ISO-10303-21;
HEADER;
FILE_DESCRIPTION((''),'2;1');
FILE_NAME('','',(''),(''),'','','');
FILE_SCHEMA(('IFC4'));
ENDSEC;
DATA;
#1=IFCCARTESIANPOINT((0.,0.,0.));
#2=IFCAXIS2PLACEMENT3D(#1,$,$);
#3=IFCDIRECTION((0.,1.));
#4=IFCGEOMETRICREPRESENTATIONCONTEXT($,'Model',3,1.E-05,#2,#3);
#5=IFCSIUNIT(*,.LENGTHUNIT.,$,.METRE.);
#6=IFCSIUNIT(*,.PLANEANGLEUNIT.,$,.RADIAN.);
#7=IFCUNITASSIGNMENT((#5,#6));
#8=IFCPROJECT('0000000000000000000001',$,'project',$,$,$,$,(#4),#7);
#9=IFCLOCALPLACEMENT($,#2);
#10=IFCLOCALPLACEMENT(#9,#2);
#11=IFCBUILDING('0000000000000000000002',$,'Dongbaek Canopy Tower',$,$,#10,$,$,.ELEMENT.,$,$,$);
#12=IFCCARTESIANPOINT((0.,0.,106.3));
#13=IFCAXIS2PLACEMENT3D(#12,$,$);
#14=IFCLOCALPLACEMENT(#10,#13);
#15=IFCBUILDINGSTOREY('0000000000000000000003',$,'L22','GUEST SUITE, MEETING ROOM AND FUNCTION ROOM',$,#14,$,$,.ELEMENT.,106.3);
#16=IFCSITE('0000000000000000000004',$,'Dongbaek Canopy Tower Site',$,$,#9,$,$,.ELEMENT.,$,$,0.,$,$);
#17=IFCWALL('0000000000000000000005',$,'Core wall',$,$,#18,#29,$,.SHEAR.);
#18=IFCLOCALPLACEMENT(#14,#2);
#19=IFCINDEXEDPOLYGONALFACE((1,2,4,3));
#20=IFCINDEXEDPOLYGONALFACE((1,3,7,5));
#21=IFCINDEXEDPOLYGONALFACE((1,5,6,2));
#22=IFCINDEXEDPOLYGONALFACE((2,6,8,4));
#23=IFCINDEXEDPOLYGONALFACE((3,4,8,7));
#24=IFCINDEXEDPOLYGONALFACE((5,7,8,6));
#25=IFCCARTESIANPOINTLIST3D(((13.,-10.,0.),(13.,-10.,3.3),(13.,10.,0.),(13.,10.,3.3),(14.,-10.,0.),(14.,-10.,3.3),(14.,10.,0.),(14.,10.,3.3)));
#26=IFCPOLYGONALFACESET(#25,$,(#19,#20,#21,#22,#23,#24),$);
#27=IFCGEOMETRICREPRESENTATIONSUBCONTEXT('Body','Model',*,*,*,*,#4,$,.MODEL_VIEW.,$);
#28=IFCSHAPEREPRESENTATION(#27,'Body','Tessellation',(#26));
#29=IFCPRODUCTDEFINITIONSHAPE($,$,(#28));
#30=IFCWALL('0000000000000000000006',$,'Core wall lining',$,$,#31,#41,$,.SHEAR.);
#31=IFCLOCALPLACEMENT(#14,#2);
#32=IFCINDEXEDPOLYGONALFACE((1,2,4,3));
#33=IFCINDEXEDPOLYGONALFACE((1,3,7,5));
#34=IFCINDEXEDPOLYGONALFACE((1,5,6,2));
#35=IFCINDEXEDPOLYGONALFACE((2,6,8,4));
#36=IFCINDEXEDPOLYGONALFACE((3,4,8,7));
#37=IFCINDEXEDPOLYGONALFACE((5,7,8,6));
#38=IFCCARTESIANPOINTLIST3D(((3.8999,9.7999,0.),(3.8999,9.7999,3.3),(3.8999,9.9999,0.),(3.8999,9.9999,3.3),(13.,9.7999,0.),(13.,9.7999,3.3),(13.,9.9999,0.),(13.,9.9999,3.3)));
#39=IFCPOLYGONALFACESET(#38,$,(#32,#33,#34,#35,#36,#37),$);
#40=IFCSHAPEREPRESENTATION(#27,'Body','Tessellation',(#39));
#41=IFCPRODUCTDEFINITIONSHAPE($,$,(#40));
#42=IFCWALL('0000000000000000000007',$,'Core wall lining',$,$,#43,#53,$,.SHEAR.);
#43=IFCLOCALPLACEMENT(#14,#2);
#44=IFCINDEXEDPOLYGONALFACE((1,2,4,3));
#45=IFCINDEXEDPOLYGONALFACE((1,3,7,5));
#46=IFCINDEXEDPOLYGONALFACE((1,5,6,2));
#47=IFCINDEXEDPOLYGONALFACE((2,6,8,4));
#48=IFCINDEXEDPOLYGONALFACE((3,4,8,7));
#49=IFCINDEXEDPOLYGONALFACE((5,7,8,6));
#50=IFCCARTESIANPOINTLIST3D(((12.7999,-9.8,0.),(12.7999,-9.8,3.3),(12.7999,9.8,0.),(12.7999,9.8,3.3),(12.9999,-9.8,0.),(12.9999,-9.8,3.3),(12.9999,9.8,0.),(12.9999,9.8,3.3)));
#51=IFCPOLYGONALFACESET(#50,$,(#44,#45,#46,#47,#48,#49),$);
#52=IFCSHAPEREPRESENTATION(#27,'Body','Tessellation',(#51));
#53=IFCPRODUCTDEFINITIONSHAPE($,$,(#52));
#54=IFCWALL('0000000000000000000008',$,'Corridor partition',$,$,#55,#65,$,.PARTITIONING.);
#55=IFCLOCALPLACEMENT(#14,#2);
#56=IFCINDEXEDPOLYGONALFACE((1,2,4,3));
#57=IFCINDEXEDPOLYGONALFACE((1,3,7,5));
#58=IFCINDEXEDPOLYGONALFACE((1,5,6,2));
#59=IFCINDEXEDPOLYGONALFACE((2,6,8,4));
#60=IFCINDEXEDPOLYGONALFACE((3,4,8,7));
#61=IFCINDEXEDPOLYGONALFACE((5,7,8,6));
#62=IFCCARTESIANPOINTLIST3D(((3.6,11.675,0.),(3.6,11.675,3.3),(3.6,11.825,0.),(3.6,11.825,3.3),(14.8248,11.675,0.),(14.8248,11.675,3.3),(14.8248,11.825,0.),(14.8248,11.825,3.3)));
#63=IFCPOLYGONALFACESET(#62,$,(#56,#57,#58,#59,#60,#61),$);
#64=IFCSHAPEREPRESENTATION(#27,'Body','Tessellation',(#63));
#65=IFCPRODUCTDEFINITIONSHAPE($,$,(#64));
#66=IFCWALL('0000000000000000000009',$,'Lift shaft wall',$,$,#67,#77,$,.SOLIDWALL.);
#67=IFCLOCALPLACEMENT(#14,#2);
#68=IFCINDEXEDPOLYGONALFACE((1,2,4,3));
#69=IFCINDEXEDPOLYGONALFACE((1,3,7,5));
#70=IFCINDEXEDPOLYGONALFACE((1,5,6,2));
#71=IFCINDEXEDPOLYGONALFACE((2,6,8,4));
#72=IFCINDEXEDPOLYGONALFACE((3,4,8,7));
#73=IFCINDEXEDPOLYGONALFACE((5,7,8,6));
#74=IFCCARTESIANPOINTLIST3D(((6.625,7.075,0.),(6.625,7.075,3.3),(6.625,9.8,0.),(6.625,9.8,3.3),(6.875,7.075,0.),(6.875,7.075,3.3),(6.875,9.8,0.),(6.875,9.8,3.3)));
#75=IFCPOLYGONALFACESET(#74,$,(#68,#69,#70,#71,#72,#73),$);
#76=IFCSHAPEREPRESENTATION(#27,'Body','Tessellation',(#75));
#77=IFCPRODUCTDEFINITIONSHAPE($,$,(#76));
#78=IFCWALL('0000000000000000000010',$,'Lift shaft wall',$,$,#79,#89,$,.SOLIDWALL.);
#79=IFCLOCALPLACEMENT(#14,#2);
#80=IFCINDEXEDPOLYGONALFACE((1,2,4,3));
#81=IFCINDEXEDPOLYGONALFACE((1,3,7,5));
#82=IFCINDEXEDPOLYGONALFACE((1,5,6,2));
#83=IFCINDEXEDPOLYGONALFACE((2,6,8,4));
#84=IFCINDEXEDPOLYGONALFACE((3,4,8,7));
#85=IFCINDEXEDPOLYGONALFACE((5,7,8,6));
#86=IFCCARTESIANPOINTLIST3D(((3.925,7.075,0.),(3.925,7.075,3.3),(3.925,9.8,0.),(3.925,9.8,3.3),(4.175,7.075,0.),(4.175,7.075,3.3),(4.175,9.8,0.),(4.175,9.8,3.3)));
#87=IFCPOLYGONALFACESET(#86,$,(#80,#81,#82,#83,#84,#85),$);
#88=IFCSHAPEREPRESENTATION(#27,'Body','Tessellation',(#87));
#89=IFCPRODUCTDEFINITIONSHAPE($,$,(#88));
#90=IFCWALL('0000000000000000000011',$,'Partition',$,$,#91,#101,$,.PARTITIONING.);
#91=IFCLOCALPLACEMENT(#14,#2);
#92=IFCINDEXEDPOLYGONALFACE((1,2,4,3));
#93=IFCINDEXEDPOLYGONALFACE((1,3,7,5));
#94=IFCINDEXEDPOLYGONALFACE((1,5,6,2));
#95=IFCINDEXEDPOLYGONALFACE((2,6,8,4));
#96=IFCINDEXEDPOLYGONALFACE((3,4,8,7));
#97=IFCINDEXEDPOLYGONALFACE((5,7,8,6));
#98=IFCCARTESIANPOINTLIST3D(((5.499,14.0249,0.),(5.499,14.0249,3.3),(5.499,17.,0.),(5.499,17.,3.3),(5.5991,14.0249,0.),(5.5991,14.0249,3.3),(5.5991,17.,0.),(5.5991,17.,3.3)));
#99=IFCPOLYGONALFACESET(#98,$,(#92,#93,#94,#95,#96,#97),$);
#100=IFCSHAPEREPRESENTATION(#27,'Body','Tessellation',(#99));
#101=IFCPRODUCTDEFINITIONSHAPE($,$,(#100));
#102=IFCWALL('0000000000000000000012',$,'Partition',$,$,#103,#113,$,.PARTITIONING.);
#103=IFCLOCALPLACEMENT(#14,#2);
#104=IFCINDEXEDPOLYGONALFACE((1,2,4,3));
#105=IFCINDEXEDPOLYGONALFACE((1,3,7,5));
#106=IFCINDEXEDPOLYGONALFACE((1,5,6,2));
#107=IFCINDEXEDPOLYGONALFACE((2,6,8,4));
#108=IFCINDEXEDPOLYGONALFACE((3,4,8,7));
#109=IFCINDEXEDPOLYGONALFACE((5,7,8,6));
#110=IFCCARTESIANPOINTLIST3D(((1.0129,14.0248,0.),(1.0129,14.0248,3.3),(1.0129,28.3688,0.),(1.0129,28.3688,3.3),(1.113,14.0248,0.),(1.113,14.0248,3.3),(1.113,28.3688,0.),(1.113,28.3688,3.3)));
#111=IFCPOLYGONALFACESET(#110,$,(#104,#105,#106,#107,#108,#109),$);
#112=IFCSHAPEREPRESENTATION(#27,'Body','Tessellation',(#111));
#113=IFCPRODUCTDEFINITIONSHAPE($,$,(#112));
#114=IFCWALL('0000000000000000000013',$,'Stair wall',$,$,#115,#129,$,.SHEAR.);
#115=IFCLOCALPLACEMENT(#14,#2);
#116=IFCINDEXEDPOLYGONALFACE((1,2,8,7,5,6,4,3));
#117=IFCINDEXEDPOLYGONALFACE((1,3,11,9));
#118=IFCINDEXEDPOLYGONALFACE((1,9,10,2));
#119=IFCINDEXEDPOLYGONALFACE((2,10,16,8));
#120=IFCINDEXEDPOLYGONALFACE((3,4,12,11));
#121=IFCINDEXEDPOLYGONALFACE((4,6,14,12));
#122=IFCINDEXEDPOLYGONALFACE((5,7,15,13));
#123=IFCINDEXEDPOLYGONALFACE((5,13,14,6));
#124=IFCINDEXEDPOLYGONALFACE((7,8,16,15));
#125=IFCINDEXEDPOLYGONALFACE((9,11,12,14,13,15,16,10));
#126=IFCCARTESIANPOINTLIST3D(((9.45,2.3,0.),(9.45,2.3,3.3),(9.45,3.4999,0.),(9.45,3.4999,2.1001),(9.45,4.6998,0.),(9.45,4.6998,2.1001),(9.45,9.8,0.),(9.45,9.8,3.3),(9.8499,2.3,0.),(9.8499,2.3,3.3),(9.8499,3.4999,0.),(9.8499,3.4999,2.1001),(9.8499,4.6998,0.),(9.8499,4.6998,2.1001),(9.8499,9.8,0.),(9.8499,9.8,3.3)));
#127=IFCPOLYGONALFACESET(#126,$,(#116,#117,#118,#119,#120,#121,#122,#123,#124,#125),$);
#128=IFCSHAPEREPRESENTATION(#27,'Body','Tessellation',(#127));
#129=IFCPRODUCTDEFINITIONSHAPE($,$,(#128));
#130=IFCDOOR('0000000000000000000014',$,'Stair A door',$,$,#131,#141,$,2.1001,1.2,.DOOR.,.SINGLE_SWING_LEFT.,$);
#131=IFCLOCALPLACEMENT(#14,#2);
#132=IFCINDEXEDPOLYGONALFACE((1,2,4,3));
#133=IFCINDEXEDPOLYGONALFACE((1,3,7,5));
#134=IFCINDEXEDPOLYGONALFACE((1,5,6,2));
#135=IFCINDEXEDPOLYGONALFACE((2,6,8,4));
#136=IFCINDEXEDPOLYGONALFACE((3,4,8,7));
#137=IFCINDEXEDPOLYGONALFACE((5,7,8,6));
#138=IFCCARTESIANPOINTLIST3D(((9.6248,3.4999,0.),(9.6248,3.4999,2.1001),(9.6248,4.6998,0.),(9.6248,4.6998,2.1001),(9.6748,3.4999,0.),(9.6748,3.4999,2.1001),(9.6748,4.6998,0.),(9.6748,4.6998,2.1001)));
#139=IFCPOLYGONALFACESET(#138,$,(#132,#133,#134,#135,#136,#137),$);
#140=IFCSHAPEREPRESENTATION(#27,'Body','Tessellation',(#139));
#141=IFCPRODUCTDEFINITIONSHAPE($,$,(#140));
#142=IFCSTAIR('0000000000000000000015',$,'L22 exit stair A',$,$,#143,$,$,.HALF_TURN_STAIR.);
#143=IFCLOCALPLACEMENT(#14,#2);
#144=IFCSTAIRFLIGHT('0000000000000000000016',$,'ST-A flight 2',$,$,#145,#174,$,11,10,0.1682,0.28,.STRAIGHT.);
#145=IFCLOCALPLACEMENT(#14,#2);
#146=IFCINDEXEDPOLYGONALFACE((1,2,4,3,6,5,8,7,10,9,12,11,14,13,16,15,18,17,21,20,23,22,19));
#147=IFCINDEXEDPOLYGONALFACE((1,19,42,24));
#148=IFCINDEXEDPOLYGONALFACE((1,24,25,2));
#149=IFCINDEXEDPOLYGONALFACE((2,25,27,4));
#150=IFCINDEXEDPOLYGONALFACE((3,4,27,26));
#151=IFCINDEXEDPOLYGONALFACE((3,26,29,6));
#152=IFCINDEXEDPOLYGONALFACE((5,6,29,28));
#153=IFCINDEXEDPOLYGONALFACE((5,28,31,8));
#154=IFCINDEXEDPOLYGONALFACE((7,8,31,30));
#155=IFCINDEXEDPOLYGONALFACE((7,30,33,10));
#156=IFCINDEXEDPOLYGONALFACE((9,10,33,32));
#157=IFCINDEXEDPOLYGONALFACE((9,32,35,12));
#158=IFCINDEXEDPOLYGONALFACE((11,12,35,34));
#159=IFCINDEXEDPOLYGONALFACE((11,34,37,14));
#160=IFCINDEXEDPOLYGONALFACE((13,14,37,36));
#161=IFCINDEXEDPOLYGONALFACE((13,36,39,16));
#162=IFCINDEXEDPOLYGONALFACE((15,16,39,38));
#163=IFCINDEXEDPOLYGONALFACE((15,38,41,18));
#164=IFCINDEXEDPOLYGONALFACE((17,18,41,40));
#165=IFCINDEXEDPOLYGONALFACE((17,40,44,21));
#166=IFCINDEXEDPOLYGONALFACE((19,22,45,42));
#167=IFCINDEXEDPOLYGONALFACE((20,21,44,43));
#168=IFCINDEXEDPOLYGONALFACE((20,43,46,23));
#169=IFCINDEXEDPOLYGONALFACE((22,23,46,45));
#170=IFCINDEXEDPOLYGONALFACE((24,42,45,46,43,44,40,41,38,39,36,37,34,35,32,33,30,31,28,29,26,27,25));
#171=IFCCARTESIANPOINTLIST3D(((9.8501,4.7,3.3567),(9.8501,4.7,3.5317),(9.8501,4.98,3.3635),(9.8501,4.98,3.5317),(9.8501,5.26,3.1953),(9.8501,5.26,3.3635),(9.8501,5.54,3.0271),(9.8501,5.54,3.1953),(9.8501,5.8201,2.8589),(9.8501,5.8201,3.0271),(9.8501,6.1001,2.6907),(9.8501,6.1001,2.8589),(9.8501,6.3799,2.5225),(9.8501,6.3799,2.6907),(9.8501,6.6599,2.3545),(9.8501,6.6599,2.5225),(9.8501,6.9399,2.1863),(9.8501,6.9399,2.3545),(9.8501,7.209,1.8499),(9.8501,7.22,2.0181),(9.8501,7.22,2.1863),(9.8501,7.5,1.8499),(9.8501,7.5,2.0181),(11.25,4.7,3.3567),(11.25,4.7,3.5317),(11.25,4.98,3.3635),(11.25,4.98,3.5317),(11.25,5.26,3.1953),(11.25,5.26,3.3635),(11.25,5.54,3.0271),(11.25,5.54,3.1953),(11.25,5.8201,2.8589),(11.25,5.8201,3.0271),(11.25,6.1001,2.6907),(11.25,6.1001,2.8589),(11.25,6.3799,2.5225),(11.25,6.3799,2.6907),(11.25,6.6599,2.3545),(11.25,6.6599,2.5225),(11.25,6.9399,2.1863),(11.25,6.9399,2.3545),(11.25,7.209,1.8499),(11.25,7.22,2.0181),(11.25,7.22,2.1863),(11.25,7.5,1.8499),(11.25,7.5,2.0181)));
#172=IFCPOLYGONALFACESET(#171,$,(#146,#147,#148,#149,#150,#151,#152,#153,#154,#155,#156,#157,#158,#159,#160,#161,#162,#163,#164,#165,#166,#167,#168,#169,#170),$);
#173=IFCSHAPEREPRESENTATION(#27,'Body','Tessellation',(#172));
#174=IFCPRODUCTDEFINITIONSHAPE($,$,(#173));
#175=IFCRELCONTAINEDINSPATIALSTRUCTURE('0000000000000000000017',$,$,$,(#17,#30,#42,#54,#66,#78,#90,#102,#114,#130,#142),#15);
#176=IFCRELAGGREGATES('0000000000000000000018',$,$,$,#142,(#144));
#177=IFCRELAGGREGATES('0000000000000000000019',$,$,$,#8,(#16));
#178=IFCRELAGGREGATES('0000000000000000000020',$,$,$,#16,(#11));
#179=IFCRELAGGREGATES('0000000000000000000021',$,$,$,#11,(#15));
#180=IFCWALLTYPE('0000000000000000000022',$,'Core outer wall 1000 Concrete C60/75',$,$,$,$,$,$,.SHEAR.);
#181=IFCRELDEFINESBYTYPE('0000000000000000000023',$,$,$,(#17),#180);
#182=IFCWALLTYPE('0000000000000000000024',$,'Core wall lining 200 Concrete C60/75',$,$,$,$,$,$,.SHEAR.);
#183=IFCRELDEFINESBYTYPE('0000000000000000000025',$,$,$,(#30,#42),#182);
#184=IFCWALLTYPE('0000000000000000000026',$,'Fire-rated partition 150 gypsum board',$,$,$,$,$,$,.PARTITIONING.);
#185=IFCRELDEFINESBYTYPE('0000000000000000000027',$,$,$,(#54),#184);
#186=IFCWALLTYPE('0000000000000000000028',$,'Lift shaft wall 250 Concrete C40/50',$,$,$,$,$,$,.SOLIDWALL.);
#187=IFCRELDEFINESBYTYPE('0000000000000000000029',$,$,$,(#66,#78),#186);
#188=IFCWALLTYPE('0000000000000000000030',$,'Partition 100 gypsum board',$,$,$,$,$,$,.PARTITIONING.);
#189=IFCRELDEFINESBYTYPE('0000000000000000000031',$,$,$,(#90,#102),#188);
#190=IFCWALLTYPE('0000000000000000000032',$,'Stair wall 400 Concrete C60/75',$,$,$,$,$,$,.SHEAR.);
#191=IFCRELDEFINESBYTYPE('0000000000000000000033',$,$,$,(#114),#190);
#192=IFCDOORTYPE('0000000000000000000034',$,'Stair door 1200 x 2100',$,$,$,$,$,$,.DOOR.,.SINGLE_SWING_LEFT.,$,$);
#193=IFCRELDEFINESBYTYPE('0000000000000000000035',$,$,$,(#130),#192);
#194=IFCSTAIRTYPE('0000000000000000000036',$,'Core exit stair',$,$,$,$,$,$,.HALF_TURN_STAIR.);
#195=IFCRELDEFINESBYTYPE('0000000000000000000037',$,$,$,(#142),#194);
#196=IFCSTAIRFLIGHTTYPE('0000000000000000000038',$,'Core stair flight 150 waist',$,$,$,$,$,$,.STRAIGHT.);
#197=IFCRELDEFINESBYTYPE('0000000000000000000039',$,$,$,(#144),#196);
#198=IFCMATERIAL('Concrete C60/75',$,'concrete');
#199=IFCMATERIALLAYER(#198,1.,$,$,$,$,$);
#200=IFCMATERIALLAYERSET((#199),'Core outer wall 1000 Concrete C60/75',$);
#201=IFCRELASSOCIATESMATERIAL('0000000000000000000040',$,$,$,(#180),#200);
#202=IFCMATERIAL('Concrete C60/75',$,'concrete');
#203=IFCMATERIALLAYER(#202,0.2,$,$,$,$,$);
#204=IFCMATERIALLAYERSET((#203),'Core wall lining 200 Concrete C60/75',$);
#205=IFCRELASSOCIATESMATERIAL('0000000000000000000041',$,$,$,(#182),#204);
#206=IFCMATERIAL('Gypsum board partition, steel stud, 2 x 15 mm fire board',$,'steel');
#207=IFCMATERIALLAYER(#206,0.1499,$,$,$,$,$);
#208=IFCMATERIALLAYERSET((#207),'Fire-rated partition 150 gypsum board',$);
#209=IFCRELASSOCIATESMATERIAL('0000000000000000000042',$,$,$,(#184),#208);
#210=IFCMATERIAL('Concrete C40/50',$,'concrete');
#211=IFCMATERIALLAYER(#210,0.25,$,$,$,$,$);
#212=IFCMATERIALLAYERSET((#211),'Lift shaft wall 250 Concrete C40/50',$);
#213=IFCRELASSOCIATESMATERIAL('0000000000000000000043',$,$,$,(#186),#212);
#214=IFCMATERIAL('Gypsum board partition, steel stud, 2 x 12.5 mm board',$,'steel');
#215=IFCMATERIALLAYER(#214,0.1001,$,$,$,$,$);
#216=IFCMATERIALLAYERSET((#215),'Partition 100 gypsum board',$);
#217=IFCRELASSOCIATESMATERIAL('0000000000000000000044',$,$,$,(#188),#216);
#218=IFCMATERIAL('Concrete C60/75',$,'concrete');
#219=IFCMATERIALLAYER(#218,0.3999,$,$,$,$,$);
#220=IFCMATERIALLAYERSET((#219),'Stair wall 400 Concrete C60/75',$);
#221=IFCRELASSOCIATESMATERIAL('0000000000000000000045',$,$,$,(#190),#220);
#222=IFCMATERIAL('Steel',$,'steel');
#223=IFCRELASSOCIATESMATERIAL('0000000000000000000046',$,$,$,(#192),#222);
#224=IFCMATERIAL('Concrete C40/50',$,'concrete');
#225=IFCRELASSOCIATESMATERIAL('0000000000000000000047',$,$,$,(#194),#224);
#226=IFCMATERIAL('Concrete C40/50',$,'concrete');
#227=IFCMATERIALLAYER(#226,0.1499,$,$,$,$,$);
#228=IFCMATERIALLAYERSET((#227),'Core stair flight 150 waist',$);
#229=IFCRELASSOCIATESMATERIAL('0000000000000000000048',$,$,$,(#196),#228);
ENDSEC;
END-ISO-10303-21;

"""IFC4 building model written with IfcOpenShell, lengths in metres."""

from ifc_helpers import new_model, si_unit, direction, frame, frame_2d, origin, place, context, subcontext, project, spatial, polyline, rectangle, outline, extrude, material, layer, layer_set, type_object, element, fill, aggregate, save


model = new_model("IFC4")

# Units and contexts
model_context = context("Model", 3, precision=1e-05, world=origin(), true_north=direction((0.0, 1.0)))
body_context = subcontext(model_context, "Body", "Model", "MODEL_VIEW")
ifc_project = project(units=[si_unit("LENGTHUNIT", "METRE"), si_unit("PLANEANGLEUNIT", "RADIAN")], contexts=[model_context])

# Site, building, storey
site_placement = place(None, origin())
site = spatial("IfcSite", under=ifc_project, at=site_placement, Name="Dongbaek Canopy Tower Site", CompositionType="ELEMENT", RefElevation=0.0)
building_placement = place(site_placement, origin())
building = spatial("IfcBuilding", under=site, at=building_placement, Name="Dongbaek Canopy Tower", CompositionType="ELEMENT")
storey_placement = place(building_placement, frame((0.0, 0.0, 106.3)))
storey = spatial("IfcBuildingStorey", under=building, at=storey_placement, Name="L22", Description="GUEST SUITE, MEETING ROOM AND FUNCTION ROOM", CompositionType="ELEMENT", Elevation=106.3)

# Walls
ifc_material_1 = material(Name="Concrete C60/75", Category="concrete")
ifc_layer_1 = layer(ifc_material_1, 1.0)
ifc_layer_set_1 = layer_set([ifc_layer_1], Name="Core outer wall 1000 Concrete C60/75")
wall_type_1 = type_object("IfcWallType", Name="Core outer wall 1000 Concrete C60/75", PredefinedType="SHEAR", material=ifc_layer_set_1)
wall_1_placement = place(storey_placement, frame((13.5, 10.0, 0.0), z_axis=(0.0, 0.0, 1.0), x_axis=(0.0, -1.0, 0.0)))
element("IfcWall", 1, at=wall_1_placement, inside=storey, type_object=wall_type_1, Name="Core wall", PredefinedType="SHEAR", context=body_context, shape_type="SweptSolid", body=[
    extrude(rectangle(XDim=20.0, YDim=1.0, at=frame_2d((10.0, 0.0))), origin(), (0.0, 0.0, 1.0), 3.3),
])
ifc_material_2 = material(Name="Concrete C60/75", Category="concrete")
ifc_layer_2 = layer(ifc_material_2, 0.2)
ifc_layer_set_2 = layer_set([ifc_layer_2], Name="Core wall lining 200 Concrete C60/75")
wall_type_2 = type_object("IfcWallType", Name="Core wall lining 200 Concrete C60/75", PredefinedType="SHEAR", material=ifc_layer_set_2)
wall_2_placement = place(storey_placement, frame((3.8999, 9.8999, 0.0), z_axis=(0.0, 0.0, 1.0), x_axis=(1.0, 0.0, 0.0)))
element("IfcWall", 2, at=wall_2_placement, inside=storey, type_object=wall_type_2, Name="Core wall lining", PredefinedType="SHEAR", context=body_context, shape_type="SweptSolid", body=[
    extrude(rectangle(XDim=9.1001, YDim=0.2, at=frame_2d((4.55, 0.0))), origin(), (0.0, 0.0, 1.0), 3.3),
])
wall_3_placement = place(storey_placement, frame((12.8999, 9.8, 0.0), z_axis=(0.0, 0.0, 1.0), x_axis=(0.0, -1.0, 0.0)))
element("IfcWall", 3, at=wall_3_placement, inside=storey, type_object=wall_type_2, Name="Core wall lining", PredefinedType="SHEAR", context=body_context, shape_type="SweptSolid", body=[
    extrude(rectangle(XDim=19.6001, YDim=0.2, at=frame_2d((9.8, 0.0))), origin(), (0.0, 0.0, 1.0), 3.3),
])
ifc_material_3 = material(Name="Gypsum board partition, steel stud, 2 x 15 mm fire board", Category="steel")
ifc_layer_3 = layer(ifc_material_3, 0.1499)
ifc_layer_set_3 = layer_set([ifc_layer_3], Name="Fire-rated partition 150 gypsum board")
wall_type_3 = type_object("IfcWallType", Name="Fire-rated partition 150 gypsum board", PredefinedType="PARTITIONING", material=ifc_layer_set_3)
wall_4_placement = place(storey_placement, frame((3.6001, 11.75, 0.0), z_axis=(0.0, 0.0, 1.0), x_axis=(1.0, 0.0, 0.0)))
element("IfcWall", 4, at=wall_4_placement, inside=storey, type_object=wall_type_3, Name="Corridor partition", PredefinedType="PARTITIONING", context=body_context, shape_type="SweptSolid", body=[
    extrude(rectangle(XDim=11.2249, YDim=0.1499, at=frame_2d((5.6123, 0.0))), origin(), (0.0, 0.0, 1.0), 3.3),
])
ifc_material_4 = material(Name="Concrete C40/50", Category="concrete")
ifc_layer_4 = layer(ifc_material_4, 0.25)
ifc_layer_set_4 = layer_set([ifc_layer_4], Name="Lift shaft wall 250 Concrete C40/50")
wall_type_4 = type_object("IfcWallType", Name="Lift shaft wall 250 Concrete C40/50", PredefinedType="SOLIDWALL", material=ifc_layer_set_4)
for number, where, z_axis, x_axis, name in (
    (5, (6.75, 7.075, 0.0), (0.0, 0.0, 1.0), (0.0, 1.0, 0.0), "Lift shaft wall"),
    (6, (4.05, 7.075, 0.0), (0.0, 0.0, 1.0), (0.0, 1.0, 0.0), "Lift shaft wall"),
):
    element("IfcWall", number, at=place(storey_placement, frame(where, z_axis=z_axis, x_axis=x_axis)), inside=storey, type_object=wall_type_4, Name=name, PredefinedType="SOLIDWALL", context=body_context, shape_type="SweptSolid", body=[
        extrude(rectangle(XDim=2.7251, YDim=0.25, at=frame_2d((1.3625, 0.0))), origin(), (0.0, 0.0, 1.0), 3.3),
    ])
ifc_material_5 = material(Name="Gypsum board partition, steel stud, 2 x 12.5 mm board", Category="steel")
ifc_layer_5 = layer(ifc_material_5, 0.1001)
ifc_layer_set_5 = layer_set([ifc_layer_5], Name="Partition 100 gypsum board")
wall_type_5 = type_object("IfcWallType", Name="Partition 100 gypsum board", PredefinedType="PARTITIONING", material=ifc_layer_set_5)
wall_5_placement = place(storey_placement, frame((5.5491, 14.0249, 0.0), z_axis=(0.0, 0.0, 1.0), x_axis=(0.0, 1.0, 0.0)))
element("IfcWall", 7, at=wall_5_placement, inside=storey, type_object=wall_type_5, Name="Partition", PredefinedType="PARTITIONING", context=body_context, shape_type="SweptSolid", body=[
    extrude(rectangle(XDim=2.9751, YDim=0.1001, at=frame_2d((1.4875, 0.0))), origin(), (0.0, 0.0, 1.0), 3.3),
])
wall_6_placement = place(storey_placement, frame((1.063, 14.0249, 0.0), z_axis=(0.0, 0.0, 1.0), x_axis=(0.0, 1.0, 0.0)))
element("IfcWall", 8, at=wall_6_placement, inside=storey, type_object=wall_type_5, Name="Partition", PredefinedType="PARTITIONING", context=body_context, shape_type="SweptSolid", body=[
    extrude(rectangle(XDim=14.344, YDim=0.1001, at=frame_2d((7.1719, 0.0))), origin(), (0.0, 0.0, 1.0), 3.3),
])

# Wall, opening, door
ifc_material_6 = material(Name="Concrete C60/75", Category="concrete")
ifc_layer_6 = layer(ifc_material_6, 0.3999)
ifc_layer_set_6 = layer_set([ifc_layer_6], Name="Stair wall 400 Concrete C60/75")
wall_type_6 = type_object("IfcWallType", Name="Stair wall 400 Concrete C60/75", PredefinedType="SHEAR", material=ifc_layer_set_6)
wall_7_placement = place(storey_placement, frame((9.6499, 9.8, 0.0), z_axis=(0.0, 0.0, 1.0), x_axis=(0.0, -1.0, 0.0)))
wall_7 = element("IfcWall", 9, at=wall_7_placement, inside=storey, type_object=wall_type_6, Name="Stair wall", PredefinedType="SHEAR", context=body_context, shape_type="SweptSolid", body=[
    extrude(rectangle(XDim=7.5, YDim=0.3999, at=frame_2d((3.75, 0.0))), origin(), (0.0, 0.0, 1.0), 3.3),
])
opening_placement = place(wall_7_placement, frame((5.1001, 0.0, 0.0)))
opening = element("IfcOpeningElement", 10, at=opening_placement, cuts=wall_7, PredefinedType="OPENING", context=body_context, shape_type="SweptSolid", body=[
    extrude(rectangle(XDim=1.2, YDim=2.1001, at=frame_2d((0.6001, 1.05))), frame((0.0, 0.21, 0.0), z_axis=(0.0, -1.0, 0.0), x_axis=(1.0, 0.0, 0.0)), (0.0, 0.0, 1.0), 0.4199),
])
ifc_material_7 = material(Name="Steel", Category="steel")
door_type = type_object("IfcDoorType", Name="Stair door 1200 x 2100", OperationType="SINGLE_SWING_LEFT", PredefinedType="DOOR", material=ifc_material_7)
door_placement = place(opening_placement, origin())
door = element("IfcDoor", 11, at=door_placement, inside=storey, type_object=door_type, Name="Stair A door", OperationType="SINGLE_SWING_LEFT", OverallHeight=2.1001, OverallWidth=1.2, PredefinedType="DOOR", context=body_context, shape_type="SweptSolid", body=[
    extrude(rectangle(XDim=1.2, YDim=2.1001, at=frame_2d((0.6001, 1.05))), frame((0.0, 0.0249, 0.0), z_axis=(0.0, -1.0, 0.0), x_axis=(1.0, 0.0, 0.0)), (0.0, 0.0, 1.0), 0.05),
])
fill(opening, door)

# Stair, stair flight
ifc_material_8 = material(Name="Concrete C40/50", Category="concrete")
stair_type = type_object("IfcStairType", Name="Core exit stair", PredefinedType="HALF_TURN_STAIR", material=ifc_material_8)
stair_placement = place(storey_placement, origin())
stair = element("IfcStair", 12, at=stair_placement, inside=storey, type_object=stair_type, Name="L22 exit stair A", PredefinedType="HALF_TURN_STAIR")
ifc_material_9 = material(Name="Concrete C40/50", Category="concrete")
ifc_layer_7 = layer(ifc_material_9, 0.1499)
ifc_layer_set_7 = layer_set([ifc_layer_7], Name="Core stair flight 150 waist")
stair_flight_type = type_object("IfcStairFlightType", Name="Core stair flight 150 waist", PredefinedType="STRAIGHT", material=ifc_layer_set_7)
stair_flight_placement = place(storey_placement, frame((10.55, 7.5, 1.8499), z_axis=(0.0, 0.0, 1.0), x_axis=(0.0, -1.0, 0.0)))
stair_flight = element("IfcStairFlight", 13, at=stair_flight_placement, type_object=stair_flight_type, Name="ST-A flight 2", NumberOfRisers=11, NumberOfTreads=10, PredefinedType="STRAIGHT", RiserHeight=0.1682, TreadLength=0.28, context=body_context, shape_type="SweptSolid", body=[
    extrude(outline(polyline([(0.0, 0.0), (0.0, 0.1682), (0.28, 0.1682), (0.28, 0.3364), (0.5601, 0.3364), (0.5601, 0.5046), (0.8401, 0.5046), (0.8401, 0.6726), (1.1201, 0.6726), (1.1201, 0.8408), (1.3999, 0.8408), (1.3999, 1.009), (1.6799, 1.009), (1.6799, 1.1772), (1.96, 1.1772), (1.96, 1.3455), (2.24, 1.3455), (2.24, 1.5137), (2.52, 1.5137), (2.52, 1.6819), (2.8, 1.6819), (2.8, 1.8501), (2.8, 1.5068), (0.291, 0.0), (0.0, 0.0)])), frame((0.0, 0.7, 0.0), z_axis=(0.0, -1.0, 0.0), x_axis=(1.0, 0.0, 0.0)), (0.0, 0.0, 1.0), 1.3999),
])
aggregate(stair, [stair_flight])

save(model, "model.ifc")
